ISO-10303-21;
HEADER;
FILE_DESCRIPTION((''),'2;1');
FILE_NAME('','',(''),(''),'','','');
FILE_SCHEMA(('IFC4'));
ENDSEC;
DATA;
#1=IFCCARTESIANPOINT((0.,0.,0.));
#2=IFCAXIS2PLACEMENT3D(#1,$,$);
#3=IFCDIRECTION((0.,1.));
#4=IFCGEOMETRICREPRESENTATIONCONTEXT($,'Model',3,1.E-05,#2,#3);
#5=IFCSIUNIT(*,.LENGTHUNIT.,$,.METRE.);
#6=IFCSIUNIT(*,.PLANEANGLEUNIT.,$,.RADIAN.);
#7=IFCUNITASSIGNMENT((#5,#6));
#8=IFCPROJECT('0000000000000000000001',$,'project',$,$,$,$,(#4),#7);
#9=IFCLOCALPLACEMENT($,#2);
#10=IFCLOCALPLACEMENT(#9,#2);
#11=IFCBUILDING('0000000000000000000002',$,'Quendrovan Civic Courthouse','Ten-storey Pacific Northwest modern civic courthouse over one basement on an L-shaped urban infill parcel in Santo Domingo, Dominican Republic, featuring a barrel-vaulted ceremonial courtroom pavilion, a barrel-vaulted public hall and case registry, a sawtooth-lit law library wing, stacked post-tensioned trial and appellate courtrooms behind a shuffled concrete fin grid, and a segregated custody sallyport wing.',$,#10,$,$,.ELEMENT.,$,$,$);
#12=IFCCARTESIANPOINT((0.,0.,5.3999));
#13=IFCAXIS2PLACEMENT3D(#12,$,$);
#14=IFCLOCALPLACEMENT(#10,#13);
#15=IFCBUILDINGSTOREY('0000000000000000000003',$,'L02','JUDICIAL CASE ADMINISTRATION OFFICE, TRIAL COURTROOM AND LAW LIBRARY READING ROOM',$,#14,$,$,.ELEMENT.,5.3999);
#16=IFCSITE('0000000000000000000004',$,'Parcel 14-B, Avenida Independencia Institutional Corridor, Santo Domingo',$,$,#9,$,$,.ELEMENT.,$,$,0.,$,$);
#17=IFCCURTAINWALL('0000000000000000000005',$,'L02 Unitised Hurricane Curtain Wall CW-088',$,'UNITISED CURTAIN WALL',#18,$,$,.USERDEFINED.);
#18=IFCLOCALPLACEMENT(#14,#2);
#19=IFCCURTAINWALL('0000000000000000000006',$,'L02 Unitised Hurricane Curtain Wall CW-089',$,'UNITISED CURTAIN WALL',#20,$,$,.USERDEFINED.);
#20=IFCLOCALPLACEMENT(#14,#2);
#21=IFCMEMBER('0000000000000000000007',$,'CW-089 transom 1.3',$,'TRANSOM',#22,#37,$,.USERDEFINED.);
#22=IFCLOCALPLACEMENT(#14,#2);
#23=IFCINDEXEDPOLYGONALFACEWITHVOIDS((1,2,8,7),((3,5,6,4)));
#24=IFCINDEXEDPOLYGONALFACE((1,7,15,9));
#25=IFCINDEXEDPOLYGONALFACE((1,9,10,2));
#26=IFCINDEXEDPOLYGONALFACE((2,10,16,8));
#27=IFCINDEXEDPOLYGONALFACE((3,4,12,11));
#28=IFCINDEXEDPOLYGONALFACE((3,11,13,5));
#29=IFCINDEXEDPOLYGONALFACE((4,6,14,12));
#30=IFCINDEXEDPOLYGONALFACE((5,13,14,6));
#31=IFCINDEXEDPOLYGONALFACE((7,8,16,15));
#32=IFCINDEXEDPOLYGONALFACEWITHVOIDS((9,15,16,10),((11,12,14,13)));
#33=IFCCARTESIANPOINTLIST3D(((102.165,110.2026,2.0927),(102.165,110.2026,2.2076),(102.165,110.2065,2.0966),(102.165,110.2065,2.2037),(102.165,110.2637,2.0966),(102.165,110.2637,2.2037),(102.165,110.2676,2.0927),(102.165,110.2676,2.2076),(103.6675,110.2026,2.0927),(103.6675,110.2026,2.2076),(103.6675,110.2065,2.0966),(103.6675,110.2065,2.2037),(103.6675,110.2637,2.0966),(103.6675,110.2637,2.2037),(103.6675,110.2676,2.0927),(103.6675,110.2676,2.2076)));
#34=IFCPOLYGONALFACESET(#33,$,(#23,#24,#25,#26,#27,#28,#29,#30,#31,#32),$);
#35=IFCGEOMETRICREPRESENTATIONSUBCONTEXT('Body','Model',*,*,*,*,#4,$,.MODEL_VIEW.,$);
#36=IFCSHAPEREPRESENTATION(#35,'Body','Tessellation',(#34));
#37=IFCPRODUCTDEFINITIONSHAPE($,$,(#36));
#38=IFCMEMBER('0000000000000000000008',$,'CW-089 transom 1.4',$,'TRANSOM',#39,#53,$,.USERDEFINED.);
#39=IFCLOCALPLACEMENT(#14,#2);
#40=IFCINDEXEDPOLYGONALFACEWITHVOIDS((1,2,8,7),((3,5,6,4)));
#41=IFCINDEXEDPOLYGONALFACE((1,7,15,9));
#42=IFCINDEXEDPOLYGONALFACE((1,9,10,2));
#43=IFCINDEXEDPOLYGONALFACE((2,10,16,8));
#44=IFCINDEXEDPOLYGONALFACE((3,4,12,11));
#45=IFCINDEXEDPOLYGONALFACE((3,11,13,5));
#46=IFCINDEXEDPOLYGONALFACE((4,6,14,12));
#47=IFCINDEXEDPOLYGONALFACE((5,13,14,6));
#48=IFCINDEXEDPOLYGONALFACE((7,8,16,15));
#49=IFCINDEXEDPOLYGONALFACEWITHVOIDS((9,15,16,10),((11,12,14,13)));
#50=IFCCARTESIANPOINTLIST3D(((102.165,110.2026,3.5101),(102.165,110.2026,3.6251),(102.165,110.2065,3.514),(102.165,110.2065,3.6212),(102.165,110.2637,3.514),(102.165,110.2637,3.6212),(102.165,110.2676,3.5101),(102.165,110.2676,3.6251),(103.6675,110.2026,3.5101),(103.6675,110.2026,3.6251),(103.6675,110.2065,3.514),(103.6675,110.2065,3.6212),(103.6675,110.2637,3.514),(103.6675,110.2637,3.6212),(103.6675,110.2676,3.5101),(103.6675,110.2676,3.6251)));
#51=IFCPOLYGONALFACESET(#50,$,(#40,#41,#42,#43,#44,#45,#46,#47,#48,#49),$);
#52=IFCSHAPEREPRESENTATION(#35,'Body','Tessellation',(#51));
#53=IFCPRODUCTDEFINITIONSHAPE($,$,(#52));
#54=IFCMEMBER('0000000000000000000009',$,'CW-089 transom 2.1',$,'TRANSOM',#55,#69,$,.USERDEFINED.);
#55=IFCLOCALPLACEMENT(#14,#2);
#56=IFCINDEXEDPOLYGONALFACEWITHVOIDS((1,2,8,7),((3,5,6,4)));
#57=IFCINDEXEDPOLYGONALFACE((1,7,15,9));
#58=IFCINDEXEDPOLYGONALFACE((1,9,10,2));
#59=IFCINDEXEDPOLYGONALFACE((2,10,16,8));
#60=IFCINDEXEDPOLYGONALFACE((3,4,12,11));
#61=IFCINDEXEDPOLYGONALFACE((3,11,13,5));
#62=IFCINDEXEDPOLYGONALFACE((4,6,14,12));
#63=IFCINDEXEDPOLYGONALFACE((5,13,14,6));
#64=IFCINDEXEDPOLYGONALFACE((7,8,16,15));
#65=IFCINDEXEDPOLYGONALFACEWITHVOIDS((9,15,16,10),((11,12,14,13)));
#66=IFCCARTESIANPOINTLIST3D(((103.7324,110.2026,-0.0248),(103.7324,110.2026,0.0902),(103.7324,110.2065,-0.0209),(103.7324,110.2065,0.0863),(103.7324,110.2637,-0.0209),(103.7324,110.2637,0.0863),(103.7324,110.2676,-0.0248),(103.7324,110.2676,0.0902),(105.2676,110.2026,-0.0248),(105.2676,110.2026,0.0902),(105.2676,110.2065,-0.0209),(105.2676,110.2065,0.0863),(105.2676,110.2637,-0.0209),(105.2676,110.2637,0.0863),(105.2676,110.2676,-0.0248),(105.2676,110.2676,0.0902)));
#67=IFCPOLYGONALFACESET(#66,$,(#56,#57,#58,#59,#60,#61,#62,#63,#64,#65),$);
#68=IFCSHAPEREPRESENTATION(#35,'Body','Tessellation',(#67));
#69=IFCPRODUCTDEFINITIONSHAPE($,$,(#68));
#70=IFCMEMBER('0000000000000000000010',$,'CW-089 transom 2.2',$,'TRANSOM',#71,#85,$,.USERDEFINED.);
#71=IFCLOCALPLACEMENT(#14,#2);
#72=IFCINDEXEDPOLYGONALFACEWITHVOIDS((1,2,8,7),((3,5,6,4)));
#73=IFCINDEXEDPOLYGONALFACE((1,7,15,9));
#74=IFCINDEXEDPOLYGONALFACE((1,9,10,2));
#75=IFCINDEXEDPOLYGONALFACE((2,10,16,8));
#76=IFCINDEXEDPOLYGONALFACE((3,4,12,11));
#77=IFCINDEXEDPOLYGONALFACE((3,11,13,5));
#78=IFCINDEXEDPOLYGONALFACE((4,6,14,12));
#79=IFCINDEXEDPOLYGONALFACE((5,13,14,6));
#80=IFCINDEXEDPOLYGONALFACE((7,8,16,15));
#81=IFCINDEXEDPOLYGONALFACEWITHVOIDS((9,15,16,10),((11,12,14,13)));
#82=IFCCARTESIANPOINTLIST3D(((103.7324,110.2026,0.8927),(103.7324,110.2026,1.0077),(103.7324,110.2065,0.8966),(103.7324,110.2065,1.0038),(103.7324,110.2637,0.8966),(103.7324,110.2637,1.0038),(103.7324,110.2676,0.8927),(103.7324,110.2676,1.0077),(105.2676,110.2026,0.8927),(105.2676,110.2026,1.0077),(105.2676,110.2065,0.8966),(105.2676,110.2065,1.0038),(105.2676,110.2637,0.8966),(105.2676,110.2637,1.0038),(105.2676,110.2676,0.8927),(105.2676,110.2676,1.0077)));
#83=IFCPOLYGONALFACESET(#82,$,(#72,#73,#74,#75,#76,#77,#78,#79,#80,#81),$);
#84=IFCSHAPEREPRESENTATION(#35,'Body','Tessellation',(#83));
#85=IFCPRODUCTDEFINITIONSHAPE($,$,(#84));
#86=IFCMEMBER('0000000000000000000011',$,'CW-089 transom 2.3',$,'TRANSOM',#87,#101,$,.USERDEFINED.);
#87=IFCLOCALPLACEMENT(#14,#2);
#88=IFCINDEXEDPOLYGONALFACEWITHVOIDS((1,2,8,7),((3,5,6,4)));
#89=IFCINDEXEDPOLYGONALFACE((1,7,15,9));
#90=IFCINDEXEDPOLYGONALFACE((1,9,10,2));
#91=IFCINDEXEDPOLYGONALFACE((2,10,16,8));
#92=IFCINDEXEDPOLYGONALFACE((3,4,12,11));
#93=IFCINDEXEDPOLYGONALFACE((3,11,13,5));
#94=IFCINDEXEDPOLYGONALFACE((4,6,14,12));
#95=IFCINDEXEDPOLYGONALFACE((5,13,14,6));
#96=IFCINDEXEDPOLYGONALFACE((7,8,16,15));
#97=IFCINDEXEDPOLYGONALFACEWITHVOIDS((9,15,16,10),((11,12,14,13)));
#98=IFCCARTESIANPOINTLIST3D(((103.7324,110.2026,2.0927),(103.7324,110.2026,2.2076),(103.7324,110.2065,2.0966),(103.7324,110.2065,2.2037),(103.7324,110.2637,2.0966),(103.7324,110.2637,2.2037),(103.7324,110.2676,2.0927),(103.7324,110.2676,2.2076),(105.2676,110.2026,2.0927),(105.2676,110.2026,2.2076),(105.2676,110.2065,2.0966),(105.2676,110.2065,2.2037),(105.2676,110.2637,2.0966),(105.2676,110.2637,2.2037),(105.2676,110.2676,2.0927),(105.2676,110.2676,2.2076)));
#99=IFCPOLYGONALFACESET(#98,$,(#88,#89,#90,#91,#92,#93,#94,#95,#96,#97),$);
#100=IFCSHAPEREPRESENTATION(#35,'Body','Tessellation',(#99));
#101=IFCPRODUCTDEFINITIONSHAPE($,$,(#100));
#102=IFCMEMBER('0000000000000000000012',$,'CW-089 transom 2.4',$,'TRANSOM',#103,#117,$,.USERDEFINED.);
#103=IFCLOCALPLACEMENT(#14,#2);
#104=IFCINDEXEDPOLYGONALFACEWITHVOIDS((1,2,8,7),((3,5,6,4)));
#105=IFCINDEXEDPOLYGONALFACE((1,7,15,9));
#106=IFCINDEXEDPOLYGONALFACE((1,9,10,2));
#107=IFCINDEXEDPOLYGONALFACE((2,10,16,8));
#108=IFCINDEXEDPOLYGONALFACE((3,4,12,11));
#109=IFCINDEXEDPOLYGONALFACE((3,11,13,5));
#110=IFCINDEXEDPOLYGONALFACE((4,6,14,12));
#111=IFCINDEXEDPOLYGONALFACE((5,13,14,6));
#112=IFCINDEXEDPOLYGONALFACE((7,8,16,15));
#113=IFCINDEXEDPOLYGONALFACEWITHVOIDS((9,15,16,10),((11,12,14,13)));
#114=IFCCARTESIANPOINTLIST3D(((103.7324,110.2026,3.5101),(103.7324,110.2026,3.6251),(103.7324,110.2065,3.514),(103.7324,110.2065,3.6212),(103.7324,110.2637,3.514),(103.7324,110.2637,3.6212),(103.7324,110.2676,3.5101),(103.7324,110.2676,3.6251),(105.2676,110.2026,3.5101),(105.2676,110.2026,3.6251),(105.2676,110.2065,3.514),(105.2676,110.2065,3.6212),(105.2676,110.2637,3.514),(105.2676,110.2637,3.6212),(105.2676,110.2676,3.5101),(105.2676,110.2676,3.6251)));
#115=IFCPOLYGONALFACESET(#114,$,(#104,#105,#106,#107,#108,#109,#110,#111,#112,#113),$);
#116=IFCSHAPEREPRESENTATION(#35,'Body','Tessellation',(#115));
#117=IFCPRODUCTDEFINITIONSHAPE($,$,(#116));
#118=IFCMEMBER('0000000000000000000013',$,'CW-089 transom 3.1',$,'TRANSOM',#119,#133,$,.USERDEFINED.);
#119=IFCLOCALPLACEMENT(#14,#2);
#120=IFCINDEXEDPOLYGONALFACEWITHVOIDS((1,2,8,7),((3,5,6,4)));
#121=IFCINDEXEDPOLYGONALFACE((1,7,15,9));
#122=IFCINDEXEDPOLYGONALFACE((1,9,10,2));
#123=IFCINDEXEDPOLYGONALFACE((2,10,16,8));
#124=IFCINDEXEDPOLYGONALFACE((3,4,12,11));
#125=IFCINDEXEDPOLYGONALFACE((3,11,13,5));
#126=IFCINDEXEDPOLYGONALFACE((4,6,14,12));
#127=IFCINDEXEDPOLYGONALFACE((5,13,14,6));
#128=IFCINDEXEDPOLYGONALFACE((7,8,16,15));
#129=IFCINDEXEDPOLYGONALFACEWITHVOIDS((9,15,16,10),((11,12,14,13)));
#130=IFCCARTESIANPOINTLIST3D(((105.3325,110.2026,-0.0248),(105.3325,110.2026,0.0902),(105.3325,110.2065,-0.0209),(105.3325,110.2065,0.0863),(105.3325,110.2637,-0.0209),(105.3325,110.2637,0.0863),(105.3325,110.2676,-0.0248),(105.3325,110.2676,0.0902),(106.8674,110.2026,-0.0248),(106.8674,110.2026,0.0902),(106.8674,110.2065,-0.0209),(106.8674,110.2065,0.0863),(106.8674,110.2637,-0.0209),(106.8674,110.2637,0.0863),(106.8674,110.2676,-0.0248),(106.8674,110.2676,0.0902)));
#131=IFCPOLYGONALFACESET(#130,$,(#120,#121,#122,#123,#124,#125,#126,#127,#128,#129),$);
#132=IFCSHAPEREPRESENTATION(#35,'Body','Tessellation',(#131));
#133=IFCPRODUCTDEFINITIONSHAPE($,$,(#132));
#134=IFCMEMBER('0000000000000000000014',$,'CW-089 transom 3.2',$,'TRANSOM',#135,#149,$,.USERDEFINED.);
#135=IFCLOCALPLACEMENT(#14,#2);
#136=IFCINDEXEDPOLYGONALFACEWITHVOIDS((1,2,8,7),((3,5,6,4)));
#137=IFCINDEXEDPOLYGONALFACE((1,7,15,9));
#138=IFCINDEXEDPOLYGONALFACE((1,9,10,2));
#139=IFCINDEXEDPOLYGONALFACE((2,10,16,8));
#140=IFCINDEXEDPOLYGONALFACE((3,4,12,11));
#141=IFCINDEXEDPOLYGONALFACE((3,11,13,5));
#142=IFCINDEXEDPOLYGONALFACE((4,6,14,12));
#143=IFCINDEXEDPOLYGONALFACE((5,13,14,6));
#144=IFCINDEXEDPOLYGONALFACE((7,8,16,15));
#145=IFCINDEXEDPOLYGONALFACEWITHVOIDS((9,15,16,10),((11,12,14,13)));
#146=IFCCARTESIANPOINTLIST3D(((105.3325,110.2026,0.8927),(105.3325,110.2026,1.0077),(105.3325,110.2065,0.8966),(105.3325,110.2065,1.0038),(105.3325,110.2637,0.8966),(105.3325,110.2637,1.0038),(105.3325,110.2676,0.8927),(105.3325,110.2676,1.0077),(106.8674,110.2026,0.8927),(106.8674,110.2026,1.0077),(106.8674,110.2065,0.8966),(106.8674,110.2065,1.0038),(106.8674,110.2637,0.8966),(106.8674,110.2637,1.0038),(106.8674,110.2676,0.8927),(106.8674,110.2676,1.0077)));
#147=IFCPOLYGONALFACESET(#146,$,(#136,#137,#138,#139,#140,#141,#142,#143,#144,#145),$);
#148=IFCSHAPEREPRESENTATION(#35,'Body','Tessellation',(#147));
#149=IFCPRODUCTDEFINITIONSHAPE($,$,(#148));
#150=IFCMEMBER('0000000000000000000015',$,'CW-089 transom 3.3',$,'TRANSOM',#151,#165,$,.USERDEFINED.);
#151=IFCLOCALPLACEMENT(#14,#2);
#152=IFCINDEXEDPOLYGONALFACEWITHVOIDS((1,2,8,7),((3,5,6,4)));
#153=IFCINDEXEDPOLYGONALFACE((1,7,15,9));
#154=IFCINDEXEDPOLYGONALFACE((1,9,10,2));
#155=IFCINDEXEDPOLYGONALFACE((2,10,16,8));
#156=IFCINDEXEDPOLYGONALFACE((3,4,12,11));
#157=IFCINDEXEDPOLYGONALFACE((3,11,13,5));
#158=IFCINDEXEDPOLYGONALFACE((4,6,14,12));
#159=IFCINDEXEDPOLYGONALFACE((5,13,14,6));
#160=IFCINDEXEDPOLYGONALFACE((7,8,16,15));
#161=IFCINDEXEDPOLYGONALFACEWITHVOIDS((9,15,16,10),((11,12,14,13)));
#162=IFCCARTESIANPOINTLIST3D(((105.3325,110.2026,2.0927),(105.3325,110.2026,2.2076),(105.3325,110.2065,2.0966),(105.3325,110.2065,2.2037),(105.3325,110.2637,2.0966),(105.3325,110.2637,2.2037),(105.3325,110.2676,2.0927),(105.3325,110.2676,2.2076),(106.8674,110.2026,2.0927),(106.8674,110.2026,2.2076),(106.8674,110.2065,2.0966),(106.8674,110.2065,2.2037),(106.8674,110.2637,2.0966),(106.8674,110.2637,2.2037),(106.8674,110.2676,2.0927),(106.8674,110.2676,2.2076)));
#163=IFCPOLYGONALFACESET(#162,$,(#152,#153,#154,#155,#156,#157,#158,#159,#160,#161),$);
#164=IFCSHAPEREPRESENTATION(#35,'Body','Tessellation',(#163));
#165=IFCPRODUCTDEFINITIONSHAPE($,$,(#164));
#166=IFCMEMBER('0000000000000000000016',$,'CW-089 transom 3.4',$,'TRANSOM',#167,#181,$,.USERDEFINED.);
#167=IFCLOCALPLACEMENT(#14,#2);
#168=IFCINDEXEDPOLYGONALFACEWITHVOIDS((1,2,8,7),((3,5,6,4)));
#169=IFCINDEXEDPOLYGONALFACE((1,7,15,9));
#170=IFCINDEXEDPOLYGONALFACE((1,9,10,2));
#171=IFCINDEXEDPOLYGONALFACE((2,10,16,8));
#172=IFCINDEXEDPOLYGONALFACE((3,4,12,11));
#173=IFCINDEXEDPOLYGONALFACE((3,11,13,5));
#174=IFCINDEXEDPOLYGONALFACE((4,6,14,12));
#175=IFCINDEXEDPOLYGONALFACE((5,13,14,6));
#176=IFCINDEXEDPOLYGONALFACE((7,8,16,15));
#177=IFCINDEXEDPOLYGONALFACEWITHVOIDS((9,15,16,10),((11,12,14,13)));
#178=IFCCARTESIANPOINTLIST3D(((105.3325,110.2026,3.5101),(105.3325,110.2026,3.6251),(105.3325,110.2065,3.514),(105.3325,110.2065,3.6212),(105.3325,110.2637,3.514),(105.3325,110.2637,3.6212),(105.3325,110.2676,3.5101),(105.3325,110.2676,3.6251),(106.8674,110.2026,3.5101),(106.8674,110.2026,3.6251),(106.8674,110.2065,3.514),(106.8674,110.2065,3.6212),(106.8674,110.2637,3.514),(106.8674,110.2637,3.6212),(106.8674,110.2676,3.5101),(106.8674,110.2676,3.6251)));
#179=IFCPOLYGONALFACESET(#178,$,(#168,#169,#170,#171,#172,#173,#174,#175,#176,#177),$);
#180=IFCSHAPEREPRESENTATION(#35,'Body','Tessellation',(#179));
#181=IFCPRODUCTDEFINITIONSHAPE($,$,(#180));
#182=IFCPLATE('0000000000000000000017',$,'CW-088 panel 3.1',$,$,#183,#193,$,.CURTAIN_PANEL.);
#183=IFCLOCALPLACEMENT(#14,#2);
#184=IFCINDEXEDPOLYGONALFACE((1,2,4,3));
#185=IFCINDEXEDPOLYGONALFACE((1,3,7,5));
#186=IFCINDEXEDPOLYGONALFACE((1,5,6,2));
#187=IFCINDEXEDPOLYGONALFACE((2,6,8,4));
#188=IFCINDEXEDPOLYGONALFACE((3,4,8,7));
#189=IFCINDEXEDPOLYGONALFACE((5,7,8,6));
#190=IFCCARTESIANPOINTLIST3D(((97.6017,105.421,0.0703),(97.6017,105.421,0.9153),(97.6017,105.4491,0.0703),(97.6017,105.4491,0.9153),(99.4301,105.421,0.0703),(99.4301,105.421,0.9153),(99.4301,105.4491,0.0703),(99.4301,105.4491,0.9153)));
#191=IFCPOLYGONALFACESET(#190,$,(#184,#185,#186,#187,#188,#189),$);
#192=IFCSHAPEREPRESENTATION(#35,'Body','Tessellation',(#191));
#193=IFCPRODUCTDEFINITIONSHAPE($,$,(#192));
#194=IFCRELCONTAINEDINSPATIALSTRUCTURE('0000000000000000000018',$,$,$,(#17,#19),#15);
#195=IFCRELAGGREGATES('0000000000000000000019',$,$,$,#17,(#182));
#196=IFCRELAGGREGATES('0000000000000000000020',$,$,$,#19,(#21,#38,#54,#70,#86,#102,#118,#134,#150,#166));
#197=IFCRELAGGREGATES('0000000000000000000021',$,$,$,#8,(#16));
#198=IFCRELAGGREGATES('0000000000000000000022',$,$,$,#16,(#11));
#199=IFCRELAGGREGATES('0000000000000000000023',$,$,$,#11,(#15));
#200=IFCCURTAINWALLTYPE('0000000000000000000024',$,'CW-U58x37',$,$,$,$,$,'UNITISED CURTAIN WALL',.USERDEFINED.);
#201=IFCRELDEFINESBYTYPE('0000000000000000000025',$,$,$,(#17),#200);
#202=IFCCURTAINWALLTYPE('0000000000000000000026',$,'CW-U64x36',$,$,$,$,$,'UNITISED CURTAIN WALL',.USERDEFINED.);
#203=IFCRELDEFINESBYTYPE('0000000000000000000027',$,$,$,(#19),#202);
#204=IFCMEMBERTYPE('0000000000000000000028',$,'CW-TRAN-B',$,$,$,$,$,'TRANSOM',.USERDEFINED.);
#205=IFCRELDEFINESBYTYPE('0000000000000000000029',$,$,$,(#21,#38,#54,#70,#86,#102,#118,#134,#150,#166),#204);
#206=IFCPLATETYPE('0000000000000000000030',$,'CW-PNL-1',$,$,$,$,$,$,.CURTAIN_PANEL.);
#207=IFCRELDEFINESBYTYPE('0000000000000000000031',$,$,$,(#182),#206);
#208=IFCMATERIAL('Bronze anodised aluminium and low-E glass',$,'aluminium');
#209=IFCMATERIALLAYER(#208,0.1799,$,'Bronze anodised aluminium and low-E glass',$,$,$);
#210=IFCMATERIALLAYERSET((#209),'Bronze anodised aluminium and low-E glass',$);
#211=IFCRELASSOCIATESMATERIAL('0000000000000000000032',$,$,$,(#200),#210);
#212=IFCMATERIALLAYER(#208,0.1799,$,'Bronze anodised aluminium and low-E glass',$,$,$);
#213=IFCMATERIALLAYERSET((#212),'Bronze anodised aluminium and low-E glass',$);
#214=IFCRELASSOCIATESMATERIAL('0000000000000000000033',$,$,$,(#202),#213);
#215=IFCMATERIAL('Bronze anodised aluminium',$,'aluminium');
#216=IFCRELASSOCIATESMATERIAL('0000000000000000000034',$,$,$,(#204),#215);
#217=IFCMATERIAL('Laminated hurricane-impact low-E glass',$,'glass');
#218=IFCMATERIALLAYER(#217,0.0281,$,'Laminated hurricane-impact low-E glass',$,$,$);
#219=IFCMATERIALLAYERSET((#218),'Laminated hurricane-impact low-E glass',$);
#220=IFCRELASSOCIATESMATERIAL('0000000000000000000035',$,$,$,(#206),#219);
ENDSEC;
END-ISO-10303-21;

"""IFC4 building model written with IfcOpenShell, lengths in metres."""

from ifc_helpers import new_model, si_unit, direction, frame, origin, origin_2d, place, context, subcontext, project, spatial, rectangle, hollow_rectangle, extrude, material, layer, layer_set, material_profile, profile_set, type_object, element, aggregate, save


model = new_model("IFC4")

# Units and contexts
model_context = context("Model", 3, precision=1e-05, world=origin(), true_north=direction((0.0, 1.0)))
body_context = subcontext(model_context, "Body", "Model", "MODEL_VIEW")
ifc_project = project(units=[si_unit("LENGTHUNIT", "METRE"), si_unit("PLANEANGLEUNIT", "RADIAN")], contexts=[model_context])

# Site, building, storey
site_placement = place(None, origin())
site = spatial("IfcSite", under=ifc_project, at=site_placement, Name="Parcel 14-B, Avenida Independencia Institutional Corridor, Santo Domingo", CompositionType="ELEMENT", RefElevation=0.0)
building_placement = place(site_placement, origin())
building = spatial("IfcBuilding", under=site, at=building_placement, Name="Quendrovan Civic Courthouse", Description="Ten-storey Pacific Northwest modern civic courthouse over one basement on an L-shaped urban infill parcel in Santo Domingo, Dominican Republic, featuring a barrel-vaulted ceremonial courtroom pavilion, a barrel-vaulted public hall and case registry, a sawtooth-lit law library wing, stacked post-tensioned trial and appellate courtrooms behind a shuffled concrete fin grid, and a segregated custody sallyport wing.", CompositionType="ELEMENT")
storey_placement = place(building_placement, frame((0.0, 0.0, 5.3999)))
storey = spatial("IfcBuildingStorey", under=building, at=storey_placement, Name="L02", Description="JUDICIAL CASE ADMINISTRATION OFFICE, TRIAL COURTROOM AND LAW LIBRARY READING ROOM", CompositionType="ELEMENT", Elevation=5.3999)

# Curtain wall
ifc_material_1 = material(Name="Bronze anodised aluminium and low-E glass", Category="aluminium")
ifc_layer_1 = layer(ifc_material_1, 0.1799, Name="Bronze anodised aluminium and low-E glass")
ifc_layer_set_1 = layer_set([ifc_layer_1], Name="Bronze anodised aluminium and low-E glass")
curtain_wall_type_1 = type_object("IfcCurtainWallType", Name="CW-U58x37", ElementType="UNITISED CURTAIN WALL", PredefinedType="USERDEFINED", material=ifc_layer_set_1)
curtain_wall_1_placement = place(storey_placement, origin())
curtain_wall_1 = element("IfcCurtainWall", 1, at=curtain_wall_1_placement, inside=storey, type_object=curtain_wall_type_1, Name="L02 Unitised Hurricane Curtain Wall CW-088", ObjectType="UNITISED CURTAIN WALL", PredefinedType="USERDEFINED")
ifc_material_2 = material(Name="Bronze anodised aluminium", Category="aluminium")

# Curtain wall
ifc_layer_2 = layer(ifc_material_1, 0.1799, Name="Bronze anodised aluminium and low-E glass")
ifc_layer_set_2 = layer_set([ifc_layer_2], Name="Bronze anodised aluminium and low-E glass")
curtain_wall_type_2 = type_object("IfcCurtainWallType", Name="CW-U64x36", ElementType="UNITISED CURTAIN WALL", PredefinedType="USERDEFINED", material=ifc_layer_set_2)
curtain_wall_2_placement = place(storey_placement, origin())
curtain_wall_2 = element("IfcCurtainWall", 2, at=curtain_wall_2_placement, inside=storey, type_object=curtain_wall_type_2, Name="L02 Unitised Hurricane Curtain Wall CW-089", ObjectType="UNITISED CURTAIN WALL", PredefinedType="USERDEFINED")

# Members
ifc_material_profile_1 = material_profile(ifc_material_2, hollow_rectangle(XDim=0.0649, YDim=0.115, WallThickness=0.0039, at=origin_2d()), Name="CW-TRAN-65x115")
ifc_profile_set_1 = profile_set([ifc_material_profile_1], Name="Bronze anodised aluminium")
member_type_1 = type_object("IfcMemberType", Name="CW-TRAN-B", ElementType="TRANSOM", PredefinedType="USERDEFINED", material=ifc_profile_set_1)
member_1_placement = place(storey_placement, frame((102.165, 110.2351, 2.1501), z_axis=(1.0, 0.0, 0.0), x_axis=(0.0, 1.0, 0.0)))
member_1 = element("IfcMember", 3, at=member_1_placement, type_object=member_type_1, Name="CW-089 transom 1.3", ObjectType="TRANSOM", PredefinedType="USERDEFINED", context=body_context, shape_type="SweptSolid", body=[
    extrude(hollow_rectangle(XDim=0.0649, YDim=0.115, WallThickness=0.0039, at=origin_2d()), origin(), (0.0, 0.0, 1.0), 1.5024),
])
member_2_placement = place(storey_placement, frame((102.165, 110.2351, 3.5676), z_axis=(1.0, 0.0, 0.0), x_axis=(0.0, 1.0, 0.0)))
member_2 = element("IfcMember", 4, at=member_2_placement, type_object=member_type_1, Name="CW-089 transom 1.4", ObjectType="TRANSOM", PredefinedType="USERDEFINED", context=body_context, shape_type="SweptSolid", body=[
    extrude(hollow_rectangle(XDim=0.0649, YDim=0.115, WallThickness=0.0039, at=origin_2d()), origin(), (0.0, 0.0, 1.0), 1.5024),
])
member_3_placement = place(storey_placement, frame((103.7324, 110.2351, 0.0327), z_axis=(1.0, 0.0, 0.0), x_axis=(0.0, 1.0, 0.0)))
member_3 = element("IfcMember", 5, at=member_3_placement, type_object=member_type_1, Name="CW-089 transom 2.1", ObjectType="TRANSOM", PredefinedType="USERDEFINED", context=body_context, shape_type="SweptSolid", body=[
    extrude(hollow_rectangle(XDim=0.0649, YDim=0.115, WallThickness=0.0039, at=origin_2d()), origin(), (0.0, 0.0, 1.0), 1.5352),
])
member_4_placement = place(storey_placement, frame((103.7324, 110.2351, 0.9502), z_axis=(1.0, 0.0, 0.0), x_axis=(0.0, 1.0, 0.0)))
member_4 = element("IfcMember", 6, at=member_4_placement, type_object=member_type_1, Name="CW-089 transom 2.2", ObjectType="TRANSOM", PredefinedType="USERDEFINED", context=body_context, shape_type="SweptSolid", body=[
    extrude(hollow_rectangle(XDim=0.0649, YDim=0.115, WallThickness=0.0039, at=origin_2d()), origin(), (0.0, 0.0, 1.0), 1.5352),
])
member_5_placement = place(storey_placement, frame((103.7324, 110.2351, 2.1501), z_axis=(1.0, 0.0, 0.0), x_axis=(0.0, 1.0, 0.0)))
member_5 = element("IfcMember", 7, at=member_5_placement, type_object=member_type_1, Name="CW-089 transom 2.3", ObjectType="TRANSOM", PredefinedType="USERDEFINED", context=body_context, shape_type="SweptSolid", body=[
    extrude(hollow_rectangle(XDim=0.0649, YDim=0.115, WallThickness=0.0039, at=origin_2d()), origin(), (0.0, 0.0, 1.0), 1.5352),
])
member_6_placement = place(storey_placement, frame((103.7324, 110.2351, 3.5676), z_axis=(1.0, 0.0, 0.0), x_axis=(0.0, 1.0, 0.0)))
member_6 = element("IfcMember", 8, at=member_6_placement, type_object=member_type_1, Name="CW-089 transom 2.4", ObjectType="TRANSOM", PredefinedType="USERDEFINED", context=body_context, shape_type="SweptSolid", body=[
    extrude(hollow_rectangle(XDim=0.0649, YDim=0.115, WallThickness=0.0039, at=origin_2d()), origin(), (0.0, 0.0, 1.0), 1.5352),
])
member_7_placement = place(storey_placement, frame((105.3325, 110.2351, 0.0327), z_axis=(1.0, 0.0, 0.0), x_axis=(0.0, 1.0, 0.0)))
member_7 = element("IfcMember", 9, at=member_7_placement, type_object=member_type_1, Name="CW-089 transom 3.1", ObjectType="TRANSOM", PredefinedType="USERDEFINED", context=body_context, shape_type="SweptSolid", body=[
    extrude(hollow_rectangle(XDim=0.0649, YDim=0.115, WallThickness=0.0039, at=origin_2d()), origin(), (0.0, 0.0, 1.0), 1.5349),
])
member_8_placement = place(storey_placement, frame((105.3325, 110.2351, 0.9502), z_axis=(1.0, 0.0, 0.0), x_axis=(0.0, 1.0, 0.0)))
member_8 = element("IfcMember", 10, at=member_8_placement, type_object=member_type_1, Name="CW-089 transom 3.2", ObjectType="TRANSOM", PredefinedType="USERDEFINED", context=body_context, shape_type="SweptSolid", body=[
    extrude(hollow_rectangle(XDim=0.0649, YDim=0.115, WallThickness=0.0039, at=origin_2d()), origin(), (0.0, 0.0, 1.0), 1.5349),
])
member_9_placement = place(storey_placement, frame((105.3325, 110.2351, 2.1501), z_axis=(1.0, 0.0, 0.0), x_axis=(0.0, 1.0, 0.0)))
member_9 = element("IfcMember", 11, at=member_9_placement, type_object=member_type_1, Name="CW-089 transom 3.3", ObjectType="TRANSOM", PredefinedType="USERDEFINED", context=body_context, shape_type="SweptSolid", body=[
    extrude(hollow_rectangle(XDim=0.0649, YDim=0.115, WallThickness=0.0039, at=origin_2d()), origin(), (0.0, 0.0, 1.0), 1.5349),
])
member_10_placement = place(storey_placement, frame((105.3325, 110.2351, 3.5676), z_axis=(1.0, 0.0, 0.0), x_axis=(0.0, 1.0, 0.0)))
member_10 = element("IfcMember", 12, at=member_10_placement, type_object=member_type_1, Name="CW-089 transom 3.4", ObjectType="TRANSOM", PredefinedType="USERDEFINED", context=body_context, shape_type="SweptSolid", body=[
    extrude(hollow_rectangle(XDim=0.0649, YDim=0.115, WallThickness=0.0039, at=origin_2d()), origin(), (0.0, 0.0, 1.0), 1.5349),
])

# Plate
ifc_material_3 = material(Name="Laminated hurricane-impact low-E glass", Category="glass")
ifc_layer_3 = layer(ifc_material_3, 0.0281, Name="Laminated hurricane-impact low-E glass")
ifc_layer_set_3 = layer_set([ifc_layer_3], Name="Laminated hurricane-impact low-E glass")
plate_type_1 = type_object("IfcPlateType", Name="CW-PNL-1", PredefinedType="CURTAIN_PANEL", material=ifc_layer_set_3)
plate_1_placement = place(storey_placement, frame((98.5159, 105.4351, 0.0703), z_axis=(0.0, 0.0, 1.0), x_axis=(1.0, 0.0, 0.0)))
plate_1 = element("IfcPlate", 13, at=plate_1_placement, type_object=plate_type_1, Name="CW-088 panel 3.1", PredefinedType="CURTAIN_PANEL", context=body_context, shape_type="SweptSolid", body=[
    extrude(rectangle(XDim=1.8284, YDim=0.0281, at=origin_2d()), origin(), (0.0, 0.0, 1.0), 0.845),
])
aggregate(curtain_wall_1, [plate_1])
aggregate(curtain_wall_2, [member_1, member_2, member_3, member_4, member_5, member_6, member_7, member_8, member_9, member_10])

save(model, "model.ifc")
